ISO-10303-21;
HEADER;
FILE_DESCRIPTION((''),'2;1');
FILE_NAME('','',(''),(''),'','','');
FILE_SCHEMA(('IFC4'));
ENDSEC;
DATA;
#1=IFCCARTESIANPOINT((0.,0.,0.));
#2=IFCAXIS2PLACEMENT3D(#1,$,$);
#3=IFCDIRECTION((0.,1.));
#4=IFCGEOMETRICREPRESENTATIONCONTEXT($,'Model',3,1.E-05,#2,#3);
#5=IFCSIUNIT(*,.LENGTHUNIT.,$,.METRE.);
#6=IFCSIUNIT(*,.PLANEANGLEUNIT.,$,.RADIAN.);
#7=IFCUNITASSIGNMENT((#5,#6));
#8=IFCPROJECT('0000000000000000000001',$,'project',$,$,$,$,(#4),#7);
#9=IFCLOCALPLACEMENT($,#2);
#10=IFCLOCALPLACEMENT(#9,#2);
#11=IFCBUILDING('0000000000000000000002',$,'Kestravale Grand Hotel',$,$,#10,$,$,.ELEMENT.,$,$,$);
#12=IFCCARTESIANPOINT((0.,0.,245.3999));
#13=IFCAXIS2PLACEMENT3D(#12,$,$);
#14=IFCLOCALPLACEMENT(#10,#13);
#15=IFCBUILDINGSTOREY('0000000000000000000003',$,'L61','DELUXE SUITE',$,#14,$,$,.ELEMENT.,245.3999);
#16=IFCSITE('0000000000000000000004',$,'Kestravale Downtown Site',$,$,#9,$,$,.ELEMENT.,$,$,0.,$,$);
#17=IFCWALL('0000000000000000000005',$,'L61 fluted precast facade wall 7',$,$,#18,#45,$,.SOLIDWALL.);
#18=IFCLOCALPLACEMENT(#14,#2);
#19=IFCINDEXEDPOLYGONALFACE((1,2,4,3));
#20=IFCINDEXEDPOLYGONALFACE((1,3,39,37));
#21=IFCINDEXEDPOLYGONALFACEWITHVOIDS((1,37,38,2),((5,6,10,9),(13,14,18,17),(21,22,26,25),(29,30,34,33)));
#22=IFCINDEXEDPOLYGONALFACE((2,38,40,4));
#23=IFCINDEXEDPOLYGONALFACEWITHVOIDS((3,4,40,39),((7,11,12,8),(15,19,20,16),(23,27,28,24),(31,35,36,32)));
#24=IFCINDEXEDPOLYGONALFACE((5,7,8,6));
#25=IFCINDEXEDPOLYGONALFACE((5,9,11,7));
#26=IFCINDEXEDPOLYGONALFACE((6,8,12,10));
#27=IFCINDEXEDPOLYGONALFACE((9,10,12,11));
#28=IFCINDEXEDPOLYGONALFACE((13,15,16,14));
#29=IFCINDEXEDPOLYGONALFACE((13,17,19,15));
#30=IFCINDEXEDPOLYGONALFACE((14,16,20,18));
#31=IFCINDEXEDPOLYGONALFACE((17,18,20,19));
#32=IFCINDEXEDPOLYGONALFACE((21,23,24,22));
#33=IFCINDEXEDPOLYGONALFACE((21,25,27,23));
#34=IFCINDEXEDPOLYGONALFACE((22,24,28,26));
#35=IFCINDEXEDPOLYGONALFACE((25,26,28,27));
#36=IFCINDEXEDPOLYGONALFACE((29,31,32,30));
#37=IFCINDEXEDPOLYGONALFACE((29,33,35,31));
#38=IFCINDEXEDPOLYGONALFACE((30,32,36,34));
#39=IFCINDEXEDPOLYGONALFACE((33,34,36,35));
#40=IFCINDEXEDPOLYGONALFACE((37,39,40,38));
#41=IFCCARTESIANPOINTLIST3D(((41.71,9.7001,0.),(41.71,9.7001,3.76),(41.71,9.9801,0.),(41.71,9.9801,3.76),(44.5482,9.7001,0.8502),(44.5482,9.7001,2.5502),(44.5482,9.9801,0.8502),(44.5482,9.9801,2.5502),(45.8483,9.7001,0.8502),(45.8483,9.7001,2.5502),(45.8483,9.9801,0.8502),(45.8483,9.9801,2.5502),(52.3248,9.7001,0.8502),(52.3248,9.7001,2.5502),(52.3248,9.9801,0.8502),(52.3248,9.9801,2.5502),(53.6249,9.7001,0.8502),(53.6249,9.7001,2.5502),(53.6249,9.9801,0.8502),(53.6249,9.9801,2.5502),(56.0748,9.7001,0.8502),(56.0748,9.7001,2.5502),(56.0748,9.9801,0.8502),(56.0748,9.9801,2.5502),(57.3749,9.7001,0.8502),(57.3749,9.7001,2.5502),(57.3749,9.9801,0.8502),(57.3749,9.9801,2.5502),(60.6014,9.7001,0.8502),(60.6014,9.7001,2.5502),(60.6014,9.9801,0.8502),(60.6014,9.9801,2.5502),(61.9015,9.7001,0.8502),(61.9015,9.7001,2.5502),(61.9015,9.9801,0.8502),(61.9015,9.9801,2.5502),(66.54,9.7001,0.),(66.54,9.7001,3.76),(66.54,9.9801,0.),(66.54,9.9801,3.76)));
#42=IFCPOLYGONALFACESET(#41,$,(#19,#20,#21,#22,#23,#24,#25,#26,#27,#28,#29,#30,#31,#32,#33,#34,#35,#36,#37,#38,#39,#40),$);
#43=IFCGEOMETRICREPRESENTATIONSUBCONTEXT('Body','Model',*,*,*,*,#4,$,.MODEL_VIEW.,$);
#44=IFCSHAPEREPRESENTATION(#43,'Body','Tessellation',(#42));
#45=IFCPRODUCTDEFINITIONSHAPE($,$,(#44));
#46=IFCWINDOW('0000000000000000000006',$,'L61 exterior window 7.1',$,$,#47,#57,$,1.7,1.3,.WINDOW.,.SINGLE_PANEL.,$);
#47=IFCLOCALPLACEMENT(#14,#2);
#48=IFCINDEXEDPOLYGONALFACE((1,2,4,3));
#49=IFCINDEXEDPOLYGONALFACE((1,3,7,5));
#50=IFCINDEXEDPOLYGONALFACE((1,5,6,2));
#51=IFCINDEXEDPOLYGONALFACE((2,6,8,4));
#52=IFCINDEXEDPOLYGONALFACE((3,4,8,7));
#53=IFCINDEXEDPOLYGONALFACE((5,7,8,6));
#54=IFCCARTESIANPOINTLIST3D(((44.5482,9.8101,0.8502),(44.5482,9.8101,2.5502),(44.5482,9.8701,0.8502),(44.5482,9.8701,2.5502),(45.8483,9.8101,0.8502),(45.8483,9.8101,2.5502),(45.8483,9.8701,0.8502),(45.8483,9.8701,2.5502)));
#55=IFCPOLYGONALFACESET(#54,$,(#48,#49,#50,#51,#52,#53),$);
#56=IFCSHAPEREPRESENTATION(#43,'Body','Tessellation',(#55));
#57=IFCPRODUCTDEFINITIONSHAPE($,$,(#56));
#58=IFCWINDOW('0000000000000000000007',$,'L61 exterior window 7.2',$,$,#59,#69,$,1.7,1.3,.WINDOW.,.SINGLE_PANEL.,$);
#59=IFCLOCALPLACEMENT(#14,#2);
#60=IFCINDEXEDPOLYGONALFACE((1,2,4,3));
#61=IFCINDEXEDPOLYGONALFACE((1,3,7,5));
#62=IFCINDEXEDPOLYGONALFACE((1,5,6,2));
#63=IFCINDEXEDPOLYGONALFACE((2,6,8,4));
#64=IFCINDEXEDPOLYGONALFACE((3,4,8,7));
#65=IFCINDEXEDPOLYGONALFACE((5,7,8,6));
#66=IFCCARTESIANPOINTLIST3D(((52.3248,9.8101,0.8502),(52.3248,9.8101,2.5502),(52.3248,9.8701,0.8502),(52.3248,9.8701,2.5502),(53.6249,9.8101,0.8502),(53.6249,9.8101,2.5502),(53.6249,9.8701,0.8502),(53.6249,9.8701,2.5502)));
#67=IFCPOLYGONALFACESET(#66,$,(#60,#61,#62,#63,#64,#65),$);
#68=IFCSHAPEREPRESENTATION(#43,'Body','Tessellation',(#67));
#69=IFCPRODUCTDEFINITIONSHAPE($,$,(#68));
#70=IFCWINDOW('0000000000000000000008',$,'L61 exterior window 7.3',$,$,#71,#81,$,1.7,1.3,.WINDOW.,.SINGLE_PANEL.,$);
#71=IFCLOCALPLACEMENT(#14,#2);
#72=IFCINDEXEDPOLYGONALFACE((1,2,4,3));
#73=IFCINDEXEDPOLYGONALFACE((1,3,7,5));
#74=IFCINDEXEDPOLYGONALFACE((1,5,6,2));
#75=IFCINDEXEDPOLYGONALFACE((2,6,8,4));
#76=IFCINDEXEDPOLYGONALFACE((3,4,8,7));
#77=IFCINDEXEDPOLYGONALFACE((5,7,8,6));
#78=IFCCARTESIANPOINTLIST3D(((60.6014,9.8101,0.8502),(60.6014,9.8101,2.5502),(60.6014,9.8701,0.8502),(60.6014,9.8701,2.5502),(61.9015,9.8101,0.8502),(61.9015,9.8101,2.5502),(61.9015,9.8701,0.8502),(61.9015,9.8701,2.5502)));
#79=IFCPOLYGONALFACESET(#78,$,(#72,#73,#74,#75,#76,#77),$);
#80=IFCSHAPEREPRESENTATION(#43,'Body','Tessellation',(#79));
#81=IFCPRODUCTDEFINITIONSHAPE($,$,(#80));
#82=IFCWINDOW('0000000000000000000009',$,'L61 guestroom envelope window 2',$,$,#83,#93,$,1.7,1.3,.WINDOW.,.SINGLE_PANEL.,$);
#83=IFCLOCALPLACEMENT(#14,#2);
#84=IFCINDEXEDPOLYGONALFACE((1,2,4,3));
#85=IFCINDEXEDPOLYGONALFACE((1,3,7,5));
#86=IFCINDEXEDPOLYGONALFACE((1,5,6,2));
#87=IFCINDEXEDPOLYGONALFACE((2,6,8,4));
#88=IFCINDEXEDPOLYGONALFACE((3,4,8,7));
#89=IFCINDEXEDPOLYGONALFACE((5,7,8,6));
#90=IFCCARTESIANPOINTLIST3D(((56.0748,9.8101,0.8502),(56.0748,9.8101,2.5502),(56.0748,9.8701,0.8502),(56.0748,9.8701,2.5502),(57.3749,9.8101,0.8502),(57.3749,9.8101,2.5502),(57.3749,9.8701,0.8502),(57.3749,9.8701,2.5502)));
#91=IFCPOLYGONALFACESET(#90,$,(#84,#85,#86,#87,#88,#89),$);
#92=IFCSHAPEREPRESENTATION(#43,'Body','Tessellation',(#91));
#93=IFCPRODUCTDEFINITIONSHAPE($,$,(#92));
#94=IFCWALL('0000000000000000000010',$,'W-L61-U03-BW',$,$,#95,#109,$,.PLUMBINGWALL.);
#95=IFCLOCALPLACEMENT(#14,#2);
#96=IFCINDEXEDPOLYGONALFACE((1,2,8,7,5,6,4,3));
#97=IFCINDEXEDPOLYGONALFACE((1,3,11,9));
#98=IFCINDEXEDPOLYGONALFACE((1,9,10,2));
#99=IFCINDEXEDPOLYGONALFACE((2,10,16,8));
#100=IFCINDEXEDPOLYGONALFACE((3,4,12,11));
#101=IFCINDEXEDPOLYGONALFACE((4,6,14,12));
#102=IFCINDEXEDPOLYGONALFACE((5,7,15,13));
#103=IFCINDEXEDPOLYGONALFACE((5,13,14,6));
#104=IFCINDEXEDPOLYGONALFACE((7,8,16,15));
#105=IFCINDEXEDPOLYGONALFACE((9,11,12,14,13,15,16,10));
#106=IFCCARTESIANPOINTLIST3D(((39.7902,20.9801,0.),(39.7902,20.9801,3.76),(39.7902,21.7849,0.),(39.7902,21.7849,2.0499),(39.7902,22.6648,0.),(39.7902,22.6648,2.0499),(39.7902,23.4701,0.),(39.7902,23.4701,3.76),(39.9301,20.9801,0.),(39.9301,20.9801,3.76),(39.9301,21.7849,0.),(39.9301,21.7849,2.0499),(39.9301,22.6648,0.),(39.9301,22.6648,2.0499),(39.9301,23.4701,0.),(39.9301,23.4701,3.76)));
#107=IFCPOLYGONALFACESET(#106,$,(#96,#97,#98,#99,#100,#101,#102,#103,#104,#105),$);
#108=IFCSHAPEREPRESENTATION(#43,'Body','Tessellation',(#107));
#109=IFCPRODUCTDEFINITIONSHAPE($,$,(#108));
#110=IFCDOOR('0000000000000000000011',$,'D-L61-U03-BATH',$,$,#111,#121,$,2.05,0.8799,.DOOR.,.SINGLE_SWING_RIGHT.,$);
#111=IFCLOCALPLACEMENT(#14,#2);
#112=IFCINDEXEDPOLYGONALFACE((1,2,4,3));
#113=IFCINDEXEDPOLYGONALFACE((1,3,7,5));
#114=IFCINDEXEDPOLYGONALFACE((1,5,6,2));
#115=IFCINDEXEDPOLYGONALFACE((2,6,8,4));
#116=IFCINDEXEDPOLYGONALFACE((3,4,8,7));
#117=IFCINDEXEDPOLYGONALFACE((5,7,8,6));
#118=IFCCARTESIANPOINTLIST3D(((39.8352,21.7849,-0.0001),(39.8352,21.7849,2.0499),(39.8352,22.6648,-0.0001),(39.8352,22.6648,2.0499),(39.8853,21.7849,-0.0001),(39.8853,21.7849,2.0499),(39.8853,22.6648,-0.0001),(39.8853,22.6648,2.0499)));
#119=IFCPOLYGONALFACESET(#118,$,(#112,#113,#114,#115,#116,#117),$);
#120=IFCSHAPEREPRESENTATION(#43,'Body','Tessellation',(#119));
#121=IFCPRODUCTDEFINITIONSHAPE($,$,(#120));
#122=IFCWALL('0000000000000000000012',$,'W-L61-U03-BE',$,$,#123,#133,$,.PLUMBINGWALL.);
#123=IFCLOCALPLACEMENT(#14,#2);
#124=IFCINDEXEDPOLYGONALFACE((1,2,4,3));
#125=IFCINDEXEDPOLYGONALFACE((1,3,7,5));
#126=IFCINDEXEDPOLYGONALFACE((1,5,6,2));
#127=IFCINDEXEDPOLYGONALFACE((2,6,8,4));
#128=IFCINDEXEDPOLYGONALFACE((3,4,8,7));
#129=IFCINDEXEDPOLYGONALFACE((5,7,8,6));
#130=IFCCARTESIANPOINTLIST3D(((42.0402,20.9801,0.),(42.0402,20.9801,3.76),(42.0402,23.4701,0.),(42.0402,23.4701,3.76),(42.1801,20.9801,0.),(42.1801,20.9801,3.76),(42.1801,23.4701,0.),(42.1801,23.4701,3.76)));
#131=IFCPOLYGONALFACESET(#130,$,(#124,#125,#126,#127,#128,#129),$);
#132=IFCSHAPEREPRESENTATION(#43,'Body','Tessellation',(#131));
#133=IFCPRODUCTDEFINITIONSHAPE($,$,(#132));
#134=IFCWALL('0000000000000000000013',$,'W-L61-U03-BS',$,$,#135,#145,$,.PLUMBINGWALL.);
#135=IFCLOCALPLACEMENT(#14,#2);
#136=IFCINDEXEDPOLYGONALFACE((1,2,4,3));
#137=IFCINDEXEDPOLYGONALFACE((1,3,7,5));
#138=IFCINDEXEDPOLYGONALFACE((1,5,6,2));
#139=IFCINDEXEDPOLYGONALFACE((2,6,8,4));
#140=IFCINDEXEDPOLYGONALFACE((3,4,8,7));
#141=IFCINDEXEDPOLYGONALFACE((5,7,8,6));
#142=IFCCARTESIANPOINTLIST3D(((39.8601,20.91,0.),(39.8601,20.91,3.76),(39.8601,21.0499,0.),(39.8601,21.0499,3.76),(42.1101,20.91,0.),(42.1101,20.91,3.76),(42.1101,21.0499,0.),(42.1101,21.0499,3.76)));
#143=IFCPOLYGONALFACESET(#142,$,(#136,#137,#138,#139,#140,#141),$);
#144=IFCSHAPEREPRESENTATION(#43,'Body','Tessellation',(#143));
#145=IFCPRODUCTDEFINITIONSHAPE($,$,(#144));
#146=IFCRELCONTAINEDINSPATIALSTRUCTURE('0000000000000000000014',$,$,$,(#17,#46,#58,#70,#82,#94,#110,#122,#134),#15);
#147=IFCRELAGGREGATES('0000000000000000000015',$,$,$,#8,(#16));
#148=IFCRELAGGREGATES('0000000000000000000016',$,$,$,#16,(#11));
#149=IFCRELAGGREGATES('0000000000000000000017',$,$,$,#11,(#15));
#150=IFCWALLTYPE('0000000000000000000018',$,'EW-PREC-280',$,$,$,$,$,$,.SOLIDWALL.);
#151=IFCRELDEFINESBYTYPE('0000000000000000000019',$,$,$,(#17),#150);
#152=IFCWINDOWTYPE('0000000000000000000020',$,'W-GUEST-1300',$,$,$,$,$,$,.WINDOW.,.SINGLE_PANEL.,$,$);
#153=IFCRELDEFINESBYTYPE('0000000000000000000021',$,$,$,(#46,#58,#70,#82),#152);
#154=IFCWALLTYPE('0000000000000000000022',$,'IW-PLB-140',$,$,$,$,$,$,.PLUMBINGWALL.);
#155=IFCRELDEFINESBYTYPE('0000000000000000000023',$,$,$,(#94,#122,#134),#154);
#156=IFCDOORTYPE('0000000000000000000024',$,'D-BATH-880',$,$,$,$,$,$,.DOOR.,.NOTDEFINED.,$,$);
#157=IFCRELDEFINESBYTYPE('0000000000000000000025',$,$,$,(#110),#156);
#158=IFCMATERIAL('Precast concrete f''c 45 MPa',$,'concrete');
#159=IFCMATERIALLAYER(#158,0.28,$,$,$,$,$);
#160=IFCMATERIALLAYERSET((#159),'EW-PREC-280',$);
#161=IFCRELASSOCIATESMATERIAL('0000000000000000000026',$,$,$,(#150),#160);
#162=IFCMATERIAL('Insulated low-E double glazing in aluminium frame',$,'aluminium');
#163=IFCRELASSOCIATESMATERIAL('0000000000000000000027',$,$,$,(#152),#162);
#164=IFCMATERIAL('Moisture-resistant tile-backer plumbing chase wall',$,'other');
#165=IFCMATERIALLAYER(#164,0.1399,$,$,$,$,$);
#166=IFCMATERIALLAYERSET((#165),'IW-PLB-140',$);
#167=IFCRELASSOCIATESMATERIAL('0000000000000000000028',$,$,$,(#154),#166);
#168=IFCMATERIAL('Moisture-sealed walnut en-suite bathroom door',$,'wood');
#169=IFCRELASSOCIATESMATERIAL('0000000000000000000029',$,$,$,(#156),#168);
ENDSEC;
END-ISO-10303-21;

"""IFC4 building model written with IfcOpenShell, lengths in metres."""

from ifc_helpers import new_model, si_unit, direction, frame, frame_2d, origin, place, context, subcontext, project, spatial, rectangle, extrude, material, layer, layer_set, type_object, element, fill, save


model = new_model("IFC4")

# Units and contexts
model_context = context("Model", 3, precision=1e-05, world=origin(), true_north=direction((0.0, 1.0)))
body_context = subcontext(model_context, "Body", "Model", "MODEL_VIEW")
ifc_project = project(units=[si_unit("LENGTHUNIT", "METRE"), si_unit("PLANEANGLEUNIT", "RADIAN")], contexts=[model_context])

# Site, building, storey
site_placement = place(None, origin())
site = spatial("IfcSite", under=ifc_project, at=site_placement, Name="Kestravale Downtown Site", CompositionType="ELEMENT", RefElevation=0.0)
building_placement = place(site_placement, origin())
building = spatial("IfcBuilding", under=site, at=building_placement, Name="Kestravale Grand Hotel", CompositionType="ELEMENT")
storey_placement = place(building_placement, frame((0.0, 0.0, 245.3999)))
storey = spatial("IfcBuildingStorey", under=building, at=storey_placement, Name="L61", Description="DELUXE SUITE", CompositionType="ELEMENT", Elevation=245.3999)

# Shared definitions
ifc_material_1 = material(Name="Precast concrete f'c 45 MPa", Category="concrete")
ifc_layer_1 = layer(ifc_material_1, 0.28)
ifc_layer_set_1 = layer_set([ifc_layer_1], Name="EW-PREC-280")
wall_type_1 = type_object("IfcWallType", Name="EW-PREC-280", PredefinedType="SOLIDWALL", material=ifc_layer_set_1)
ifc_material_2 = material(Name="Insulated low-E double glazing in aluminium frame", Category="aluminium")
window_type = type_object("IfcWindowType", Name="W-GUEST-1300", PartitioningType="SINGLE_PANEL", PredefinedType="WINDOW", material=ifc_material_2)

# Wall, openings, windows
wall_1_placement = place(storey_placement, frame((41.71, 9.8401, 0.0), z_axis=(0.0, 0.0, 1.0), x_axis=(1.0, 0.0, 0.0)))
wall_1 = element("IfcWall", 1, at=wall_1_placement, inside=storey, type_object=wall_type_1, Name="L61 fluted precast facade wall 7", PredefinedType="SOLIDWALL", context=body_context, shape_type="SweptSolid", body=[
    extrude(rectangle(XDim=24.8301, YDim=0.28, at=frame_2d((12.415, 0.0))), origin(), (0.0, 0.0, 1.0), 3.76),
])
opening_1_placement = place(wall_1_placement, frame((2.8384, 0.0, 0.8501)))
opening_1 = element("IfcOpeningElement", 2, at=opening_1_placement, cuts=wall_1, PredefinedType="OPENING", context=body_context, shape_type="SweptSolid", body=[
    extrude(rectangle(XDim=1.3, YDim=1.7, at=frame_2d((0.6499, 0.8501))), frame((0.0, 0.1499, 0.0), z_axis=(0.0, -1.0, 0.0), x_axis=(1.0, 0.0, 0.0)), (0.0, 0.0, 1.0), 0.3),
])
opening_2_placement = place(wall_1_placement, frame((10.615, 0.0, 0.8501)))
opening_2 = element("IfcOpeningElement", 3, at=opening_2_placement, cuts=wall_1, PredefinedType="OPENING", context=body_context, shape_type="SweptSolid", body=[
    extrude(rectangle(XDim=1.3, YDim=1.7, at=frame_2d((0.6499, 0.8501))), frame((0.0, 0.1499, 0.0), z_axis=(0.0, -1.0, 0.0), x_axis=(1.0, 0.0, 0.0)), (0.0, 0.0, 1.0), 0.3),
])
opening_3_placement = place(wall_1_placement, frame((18.8916, 0.0, 0.8501)))
opening_3 = element("IfcOpeningElement", 4, at=opening_3_placement, cuts=wall_1, PredefinedType="OPENING", context=body_context, shape_type="SweptSolid", body=[
    extrude(rectangle(XDim=1.3, YDim=1.7, at=frame_2d((0.6499, 0.8501))), frame((0.0, 0.1499, 0.0), z_axis=(0.0, -1.0, 0.0), x_axis=(1.0, 0.0, 0.0)), (0.0, 0.0, 1.0), 0.3),
])
opening_4_placement = place(wall_1_placement, frame((14.365, 0.0, 0.8501)))
opening_4 = element("IfcOpeningElement", 5, at=opening_4_placement, cuts=wall_1, PredefinedType="OPENING", context=body_context, shape_type="SweptSolid", body=[
    extrude(rectangle(XDim=1.3, YDim=1.7, at=frame_2d((0.6499, 0.8501))), frame((0.0, 0.1499, 0.0), z_axis=(0.0, -1.0, 0.0), x_axis=(1.0, 0.0, 0.0)), (0.0, 0.0, 1.0), 0.3),
])
window_1_placement = place(opening_1_placement, origin())
window_1 = element("IfcWindow", 6, at=window_1_placement, inside=storey, type_object=window_type, Name="L61 exterior window 7.1", OverallHeight=1.7, OverallWidth=1.3, PartitioningType="SINGLE_PANEL", PredefinedType="WINDOW", context=body_context, shape_type="SweptSolid", body=[
    extrude(rectangle(XDim=1.3, YDim=1.7, at=frame_2d((0.6499, 0.8501))), frame((0.0, 0.03, 0.0), z_axis=(0.0, -1.0, 0.0), x_axis=(1.0, 0.0, 0.0)), (0.0, 0.0, 1.0), 0.0601),
])
fill(opening_1, window_1)
window_2_placement = place(opening_2_placement, origin())
window_2 = element("IfcWindow", 7, at=window_2_placement, inside=storey, type_object=window_type, Name="L61 exterior window 7.2", OverallHeight=1.7, OverallWidth=1.3, PartitioningType="SINGLE_PANEL", PredefinedType="WINDOW", context=body_context, shape_type="SweptSolid", body=[
    extrude(rectangle(XDim=1.3, YDim=1.7, at=frame_2d((0.6499, 0.8501))), frame((0.0, 0.03, 0.0), z_axis=(0.0, -1.0, 0.0), x_axis=(1.0, 0.0, 0.0)), (0.0, 0.0, 1.0), 0.0601),
])
fill(opening_2, window_2)
window_3_placement = place(opening_3_placement, origin())
window_3 = element("IfcWindow", 8, at=window_3_placement, inside=storey, type_object=window_type, Name="L61 exterior window 7.3", OverallHeight=1.7, OverallWidth=1.3, PartitioningType="SINGLE_PANEL", PredefinedType="WINDOW", context=body_context, shape_type="SweptSolid", body=[
    extrude(rectangle(XDim=1.3, YDim=1.7, at=frame_2d((0.6499, 0.8501))), frame((0.0, 0.03, 0.0), z_axis=(0.0, -1.0, 0.0), x_axis=(1.0, 0.0, 0.0)), (0.0, 0.0, 1.0), 0.0601),
])
fill(opening_3, window_3)
window_4_placement = place(opening_4_placement, origin())
window_4 = element("IfcWindow", 9, at=window_4_placement, inside=storey, type_object=window_type, Name="L61 guestroom envelope window 2", OverallHeight=1.7, OverallWidth=1.3, PartitioningType="SINGLE_PANEL", PredefinedType="WINDOW", context=body_context, shape_type="SweptSolid", body=[
    extrude(rectangle(XDim=1.3, YDim=1.7, at=frame_2d((0.6499, 0.8501))), frame((0.0, 0.03, 0.0), z_axis=(0.0, -1.0, 0.0), x_axis=(1.0, 0.0, 0.0)), (0.0, 0.0, 1.0), 0.0601),
])
fill(opening_4, window_4)

# Wall, opening, door
ifc_material_3 = material(Name="Moisture-resistant tile-backer plumbing chase wall", Category="other")
ifc_layer_2 = layer(ifc_material_3, 0.1399)
ifc_layer_set_2 = layer_set([ifc_layer_2], Name="IW-PLB-140")
wall_type_2 = type_object("IfcWallType", Name="IW-PLB-140", PredefinedType="PLUMBINGWALL", material=ifc_layer_set_2)
wall_2_placement = place(storey_placement, frame((39.8601, 20.98, 0.0), z_axis=(0.0, 0.0, 1.0), x_axis=(0.0, 1.0, 0.0)))
wall_2 = element("IfcWall", 10, at=wall_2_placement, inside=storey, type_object=wall_type_2, Name="W-L61-U03-BW", PredefinedType="PLUMBINGWALL", context=body_context, shape_type="SweptSolid", body=[
    extrude(rectangle(XDim=2.49, YDim=0.1399, at=frame_2d((1.2451, 0.0))), origin(), (0.0, 0.0, 1.0), 3.76),
])
opening_5_placement = place(wall_2_placement, frame((0.8049, 0.0, 0.0)))
opening_5 = element("IfcOpeningElement", 11, at=opening_5_placement, cuts=wall_2, PredefinedType="OPENING", context=body_context, shape_type="SweptSolid", body=[
    extrude(rectangle(XDim=0.8799, YDim=2.05, at=frame_2d((0.4399, 1.0249))), frame((0.0, 0.0798, 0.0), z_axis=(0.0, -1.0, 0.0), x_axis=(1.0, 0.0, 0.0)), (0.0, 0.0, 1.0), 0.1599),
])
ifc_material_4 = material(Name="Moisture-sealed walnut en-suite bathroom door", Category="wood")
door_type = type_object("IfcDoorType", Name="D-BATH-880", OperationType="NOTDEFINED", PredefinedType="DOOR", material=ifc_material_4)
door_1_placement = place(opening_5_placement, origin())
door_1 = element("IfcDoor", 12, at=door_1_placement, inside=storey, type_object=door_type, Name="D-L61-U03-BATH", OperationType="SINGLE_SWING_RIGHT", OverallHeight=2.05, OverallWidth=0.8799, PredefinedType="DOOR", context=body_context, shape_type="SweptSolid", body=[
    extrude(rectangle(XDim=0.8799, YDim=2.05, at=frame_2d((0.4399, 1.0249))), frame((0.0, 0.0249, 0.0), z_axis=(0.0, -1.0, 0.0), x_axis=(1.0, 0.0, 0.0)), (0.0, 0.0, 1.0), 0.05),
])
fill(opening_5, door_1)

# Walls
wall_3_placement = place(storey_placement, frame((42.1101, 20.98, 0.0), z_axis=(0.0, 0.0, 1.0), x_axis=(0.0, 1.0, 0.0)))
element("IfcWall", 13, at=wall_3_placement, inside=storey, type_object=wall_type_2, Name="W-L61-U03-BE", PredefinedType="PLUMBINGWALL", context=body_context, shape_type="SweptSolid", body=[
    extrude(rectangle(XDim=2.49, YDim=0.1399, at=frame_2d((1.2451, 0.0))), origin(), (0.0, 0.0, 1.0), 3.76),
])
wall_4_placement = place(storey_placement, frame((39.8601, 20.98, 0.0), z_axis=(0.0, 0.0, 1.0), x_axis=(1.0, 0.0, 0.0)))
element("IfcWall", 14, at=wall_4_placement, inside=storey, type_object=wall_type_2, Name="W-L61-U03-BS", PredefinedType="PLUMBINGWALL", context=body_context, shape_type="SweptSolid", body=[
    extrude(rectangle(XDim=2.25, YDim=0.1399, at=frame_2d((1.125, 0.0))), origin(), (0.0, 0.0, 1.0), 3.76),
])

save(model, "model.ifc")
